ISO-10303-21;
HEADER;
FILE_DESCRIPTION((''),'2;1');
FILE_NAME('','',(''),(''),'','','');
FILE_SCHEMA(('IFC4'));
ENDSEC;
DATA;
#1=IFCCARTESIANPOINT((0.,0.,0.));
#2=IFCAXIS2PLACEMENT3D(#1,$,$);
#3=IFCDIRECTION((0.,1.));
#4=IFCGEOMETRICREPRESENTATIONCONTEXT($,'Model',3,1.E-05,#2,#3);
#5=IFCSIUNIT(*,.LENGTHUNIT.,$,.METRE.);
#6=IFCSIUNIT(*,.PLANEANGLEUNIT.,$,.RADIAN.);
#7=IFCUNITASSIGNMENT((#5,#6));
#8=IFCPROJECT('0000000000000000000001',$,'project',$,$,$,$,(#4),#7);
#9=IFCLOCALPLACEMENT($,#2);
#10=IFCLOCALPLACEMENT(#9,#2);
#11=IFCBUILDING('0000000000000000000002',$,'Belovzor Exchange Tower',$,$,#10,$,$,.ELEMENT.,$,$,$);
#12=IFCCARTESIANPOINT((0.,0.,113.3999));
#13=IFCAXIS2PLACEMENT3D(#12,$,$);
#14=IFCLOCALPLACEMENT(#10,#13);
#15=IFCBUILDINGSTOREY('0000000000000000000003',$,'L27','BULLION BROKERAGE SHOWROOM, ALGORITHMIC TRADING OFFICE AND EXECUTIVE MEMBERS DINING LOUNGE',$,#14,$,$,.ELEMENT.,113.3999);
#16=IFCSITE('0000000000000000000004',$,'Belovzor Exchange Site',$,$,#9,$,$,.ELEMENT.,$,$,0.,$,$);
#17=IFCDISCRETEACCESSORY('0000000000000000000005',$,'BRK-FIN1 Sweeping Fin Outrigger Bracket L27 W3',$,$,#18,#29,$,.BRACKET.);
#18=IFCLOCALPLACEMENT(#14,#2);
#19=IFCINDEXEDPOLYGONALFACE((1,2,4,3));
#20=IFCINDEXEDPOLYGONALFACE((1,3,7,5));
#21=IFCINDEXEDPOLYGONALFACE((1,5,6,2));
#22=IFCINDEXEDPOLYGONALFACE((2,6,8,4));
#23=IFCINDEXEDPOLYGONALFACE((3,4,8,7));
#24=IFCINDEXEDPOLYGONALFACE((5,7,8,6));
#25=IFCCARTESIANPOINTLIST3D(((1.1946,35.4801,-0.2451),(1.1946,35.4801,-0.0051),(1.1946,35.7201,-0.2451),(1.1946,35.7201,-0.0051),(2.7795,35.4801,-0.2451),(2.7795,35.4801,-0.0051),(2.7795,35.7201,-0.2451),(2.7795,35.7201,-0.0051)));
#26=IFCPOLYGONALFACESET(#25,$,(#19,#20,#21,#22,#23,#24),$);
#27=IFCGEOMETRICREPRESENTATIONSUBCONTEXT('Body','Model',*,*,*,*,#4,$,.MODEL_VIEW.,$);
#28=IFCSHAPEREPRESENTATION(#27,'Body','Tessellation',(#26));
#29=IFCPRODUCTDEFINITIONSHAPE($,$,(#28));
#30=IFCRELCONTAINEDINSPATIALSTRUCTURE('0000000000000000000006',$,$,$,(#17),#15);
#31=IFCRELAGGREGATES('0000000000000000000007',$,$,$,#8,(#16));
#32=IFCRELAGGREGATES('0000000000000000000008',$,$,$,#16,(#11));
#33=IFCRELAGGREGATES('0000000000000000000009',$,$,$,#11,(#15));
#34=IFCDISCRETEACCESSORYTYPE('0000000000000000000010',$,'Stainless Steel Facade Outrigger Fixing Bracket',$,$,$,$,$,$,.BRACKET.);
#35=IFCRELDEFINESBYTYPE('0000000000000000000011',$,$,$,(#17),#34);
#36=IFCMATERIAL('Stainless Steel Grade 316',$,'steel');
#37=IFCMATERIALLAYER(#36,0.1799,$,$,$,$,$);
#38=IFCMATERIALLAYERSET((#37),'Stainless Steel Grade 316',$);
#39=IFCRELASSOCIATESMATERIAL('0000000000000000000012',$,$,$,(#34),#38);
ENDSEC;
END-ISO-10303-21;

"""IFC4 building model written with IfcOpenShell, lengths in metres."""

from ifc_helpers import new_model, si_unit, direction, frame, origin, origin_2d, place, context, subcontext, project, spatial, rectangle, extrude, material, layer, layer_set, type_object, element, save


model = new_model("IFC4")

# Units and contexts
model_context = context("Model", 3, precision=1e-05, world=origin(), true_north=direction((0.0, 1.0)))
body_context = subcontext(model_context, "Body", "Model", "MODEL_VIEW")
ifc_project = project(units=[si_unit("LENGTHUNIT", "METRE"), si_unit("PLANEANGLEUNIT", "RADIAN")], contexts=[model_context])

# Site, building, storey
site_placement = place(None, origin())
site = spatial("IfcSite", under=ifc_project, at=site_placement, Name="Belovzor Exchange Site", CompositionType="ELEMENT", RefElevation=0.0)
building_placement = place(site_placement, origin())
building = spatial("IfcBuilding", under=site, at=building_placement, Name="Belovzor Exchange Tower", CompositionType="ELEMENT")
storey_placement = place(building_placement, frame((0.0, 0.0, 113.3999)))
storey = spatial("IfcBuildingStorey", under=building, at=storey_placement, Name="L27", Description="BULLION BROKERAGE SHOWROOM, ALGORITHMIC TRADING OFFICE AND EXECUTIVE MEMBERS DINING LOUNGE", CompositionType="ELEMENT", Elevation=113.3999)

# Discrete accessory
ifc_material_1 = material(Name="Stainless Steel Grade 316", Category="steel")
ifc_layer_1 = layer(ifc_material_1, 0.1799)
ifc_layer_set_1 = layer_set([ifc_layer_1], Name="Stainless Steel Grade 316")
discrete_accessory_type = type_object("IfcDiscreteAccessoryType", Name="Stainless Steel Facade Outrigger Fixing Bracket", PredefinedType="BRACKET", material=ifc_layer_set_1)
discrete_accessory_placement = place(storey_placement, frame((1.9871, 35.6001, -0.2451), z_axis=(0.0, 0.0, 1.0), x_axis=(1.0, 0.0, 0.0)))
element("IfcDiscreteAccessory", 1, at=discrete_accessory_placement, inside=storey, type_object=discrete_accessory_type, Name="BRK-FIN1 Sweeping Fin Outrigger Bracket L27 W3", PredefinedType="BRACKET", context=body_context, shape_type="SweptSolid", body=[
    extrude(rectangle(XDim=1.585, YDim=0.24, at=origin_2d()), origin(), (0.0, 0.0, 1.0), 0.24),
])

save(model, "model.ifc")
